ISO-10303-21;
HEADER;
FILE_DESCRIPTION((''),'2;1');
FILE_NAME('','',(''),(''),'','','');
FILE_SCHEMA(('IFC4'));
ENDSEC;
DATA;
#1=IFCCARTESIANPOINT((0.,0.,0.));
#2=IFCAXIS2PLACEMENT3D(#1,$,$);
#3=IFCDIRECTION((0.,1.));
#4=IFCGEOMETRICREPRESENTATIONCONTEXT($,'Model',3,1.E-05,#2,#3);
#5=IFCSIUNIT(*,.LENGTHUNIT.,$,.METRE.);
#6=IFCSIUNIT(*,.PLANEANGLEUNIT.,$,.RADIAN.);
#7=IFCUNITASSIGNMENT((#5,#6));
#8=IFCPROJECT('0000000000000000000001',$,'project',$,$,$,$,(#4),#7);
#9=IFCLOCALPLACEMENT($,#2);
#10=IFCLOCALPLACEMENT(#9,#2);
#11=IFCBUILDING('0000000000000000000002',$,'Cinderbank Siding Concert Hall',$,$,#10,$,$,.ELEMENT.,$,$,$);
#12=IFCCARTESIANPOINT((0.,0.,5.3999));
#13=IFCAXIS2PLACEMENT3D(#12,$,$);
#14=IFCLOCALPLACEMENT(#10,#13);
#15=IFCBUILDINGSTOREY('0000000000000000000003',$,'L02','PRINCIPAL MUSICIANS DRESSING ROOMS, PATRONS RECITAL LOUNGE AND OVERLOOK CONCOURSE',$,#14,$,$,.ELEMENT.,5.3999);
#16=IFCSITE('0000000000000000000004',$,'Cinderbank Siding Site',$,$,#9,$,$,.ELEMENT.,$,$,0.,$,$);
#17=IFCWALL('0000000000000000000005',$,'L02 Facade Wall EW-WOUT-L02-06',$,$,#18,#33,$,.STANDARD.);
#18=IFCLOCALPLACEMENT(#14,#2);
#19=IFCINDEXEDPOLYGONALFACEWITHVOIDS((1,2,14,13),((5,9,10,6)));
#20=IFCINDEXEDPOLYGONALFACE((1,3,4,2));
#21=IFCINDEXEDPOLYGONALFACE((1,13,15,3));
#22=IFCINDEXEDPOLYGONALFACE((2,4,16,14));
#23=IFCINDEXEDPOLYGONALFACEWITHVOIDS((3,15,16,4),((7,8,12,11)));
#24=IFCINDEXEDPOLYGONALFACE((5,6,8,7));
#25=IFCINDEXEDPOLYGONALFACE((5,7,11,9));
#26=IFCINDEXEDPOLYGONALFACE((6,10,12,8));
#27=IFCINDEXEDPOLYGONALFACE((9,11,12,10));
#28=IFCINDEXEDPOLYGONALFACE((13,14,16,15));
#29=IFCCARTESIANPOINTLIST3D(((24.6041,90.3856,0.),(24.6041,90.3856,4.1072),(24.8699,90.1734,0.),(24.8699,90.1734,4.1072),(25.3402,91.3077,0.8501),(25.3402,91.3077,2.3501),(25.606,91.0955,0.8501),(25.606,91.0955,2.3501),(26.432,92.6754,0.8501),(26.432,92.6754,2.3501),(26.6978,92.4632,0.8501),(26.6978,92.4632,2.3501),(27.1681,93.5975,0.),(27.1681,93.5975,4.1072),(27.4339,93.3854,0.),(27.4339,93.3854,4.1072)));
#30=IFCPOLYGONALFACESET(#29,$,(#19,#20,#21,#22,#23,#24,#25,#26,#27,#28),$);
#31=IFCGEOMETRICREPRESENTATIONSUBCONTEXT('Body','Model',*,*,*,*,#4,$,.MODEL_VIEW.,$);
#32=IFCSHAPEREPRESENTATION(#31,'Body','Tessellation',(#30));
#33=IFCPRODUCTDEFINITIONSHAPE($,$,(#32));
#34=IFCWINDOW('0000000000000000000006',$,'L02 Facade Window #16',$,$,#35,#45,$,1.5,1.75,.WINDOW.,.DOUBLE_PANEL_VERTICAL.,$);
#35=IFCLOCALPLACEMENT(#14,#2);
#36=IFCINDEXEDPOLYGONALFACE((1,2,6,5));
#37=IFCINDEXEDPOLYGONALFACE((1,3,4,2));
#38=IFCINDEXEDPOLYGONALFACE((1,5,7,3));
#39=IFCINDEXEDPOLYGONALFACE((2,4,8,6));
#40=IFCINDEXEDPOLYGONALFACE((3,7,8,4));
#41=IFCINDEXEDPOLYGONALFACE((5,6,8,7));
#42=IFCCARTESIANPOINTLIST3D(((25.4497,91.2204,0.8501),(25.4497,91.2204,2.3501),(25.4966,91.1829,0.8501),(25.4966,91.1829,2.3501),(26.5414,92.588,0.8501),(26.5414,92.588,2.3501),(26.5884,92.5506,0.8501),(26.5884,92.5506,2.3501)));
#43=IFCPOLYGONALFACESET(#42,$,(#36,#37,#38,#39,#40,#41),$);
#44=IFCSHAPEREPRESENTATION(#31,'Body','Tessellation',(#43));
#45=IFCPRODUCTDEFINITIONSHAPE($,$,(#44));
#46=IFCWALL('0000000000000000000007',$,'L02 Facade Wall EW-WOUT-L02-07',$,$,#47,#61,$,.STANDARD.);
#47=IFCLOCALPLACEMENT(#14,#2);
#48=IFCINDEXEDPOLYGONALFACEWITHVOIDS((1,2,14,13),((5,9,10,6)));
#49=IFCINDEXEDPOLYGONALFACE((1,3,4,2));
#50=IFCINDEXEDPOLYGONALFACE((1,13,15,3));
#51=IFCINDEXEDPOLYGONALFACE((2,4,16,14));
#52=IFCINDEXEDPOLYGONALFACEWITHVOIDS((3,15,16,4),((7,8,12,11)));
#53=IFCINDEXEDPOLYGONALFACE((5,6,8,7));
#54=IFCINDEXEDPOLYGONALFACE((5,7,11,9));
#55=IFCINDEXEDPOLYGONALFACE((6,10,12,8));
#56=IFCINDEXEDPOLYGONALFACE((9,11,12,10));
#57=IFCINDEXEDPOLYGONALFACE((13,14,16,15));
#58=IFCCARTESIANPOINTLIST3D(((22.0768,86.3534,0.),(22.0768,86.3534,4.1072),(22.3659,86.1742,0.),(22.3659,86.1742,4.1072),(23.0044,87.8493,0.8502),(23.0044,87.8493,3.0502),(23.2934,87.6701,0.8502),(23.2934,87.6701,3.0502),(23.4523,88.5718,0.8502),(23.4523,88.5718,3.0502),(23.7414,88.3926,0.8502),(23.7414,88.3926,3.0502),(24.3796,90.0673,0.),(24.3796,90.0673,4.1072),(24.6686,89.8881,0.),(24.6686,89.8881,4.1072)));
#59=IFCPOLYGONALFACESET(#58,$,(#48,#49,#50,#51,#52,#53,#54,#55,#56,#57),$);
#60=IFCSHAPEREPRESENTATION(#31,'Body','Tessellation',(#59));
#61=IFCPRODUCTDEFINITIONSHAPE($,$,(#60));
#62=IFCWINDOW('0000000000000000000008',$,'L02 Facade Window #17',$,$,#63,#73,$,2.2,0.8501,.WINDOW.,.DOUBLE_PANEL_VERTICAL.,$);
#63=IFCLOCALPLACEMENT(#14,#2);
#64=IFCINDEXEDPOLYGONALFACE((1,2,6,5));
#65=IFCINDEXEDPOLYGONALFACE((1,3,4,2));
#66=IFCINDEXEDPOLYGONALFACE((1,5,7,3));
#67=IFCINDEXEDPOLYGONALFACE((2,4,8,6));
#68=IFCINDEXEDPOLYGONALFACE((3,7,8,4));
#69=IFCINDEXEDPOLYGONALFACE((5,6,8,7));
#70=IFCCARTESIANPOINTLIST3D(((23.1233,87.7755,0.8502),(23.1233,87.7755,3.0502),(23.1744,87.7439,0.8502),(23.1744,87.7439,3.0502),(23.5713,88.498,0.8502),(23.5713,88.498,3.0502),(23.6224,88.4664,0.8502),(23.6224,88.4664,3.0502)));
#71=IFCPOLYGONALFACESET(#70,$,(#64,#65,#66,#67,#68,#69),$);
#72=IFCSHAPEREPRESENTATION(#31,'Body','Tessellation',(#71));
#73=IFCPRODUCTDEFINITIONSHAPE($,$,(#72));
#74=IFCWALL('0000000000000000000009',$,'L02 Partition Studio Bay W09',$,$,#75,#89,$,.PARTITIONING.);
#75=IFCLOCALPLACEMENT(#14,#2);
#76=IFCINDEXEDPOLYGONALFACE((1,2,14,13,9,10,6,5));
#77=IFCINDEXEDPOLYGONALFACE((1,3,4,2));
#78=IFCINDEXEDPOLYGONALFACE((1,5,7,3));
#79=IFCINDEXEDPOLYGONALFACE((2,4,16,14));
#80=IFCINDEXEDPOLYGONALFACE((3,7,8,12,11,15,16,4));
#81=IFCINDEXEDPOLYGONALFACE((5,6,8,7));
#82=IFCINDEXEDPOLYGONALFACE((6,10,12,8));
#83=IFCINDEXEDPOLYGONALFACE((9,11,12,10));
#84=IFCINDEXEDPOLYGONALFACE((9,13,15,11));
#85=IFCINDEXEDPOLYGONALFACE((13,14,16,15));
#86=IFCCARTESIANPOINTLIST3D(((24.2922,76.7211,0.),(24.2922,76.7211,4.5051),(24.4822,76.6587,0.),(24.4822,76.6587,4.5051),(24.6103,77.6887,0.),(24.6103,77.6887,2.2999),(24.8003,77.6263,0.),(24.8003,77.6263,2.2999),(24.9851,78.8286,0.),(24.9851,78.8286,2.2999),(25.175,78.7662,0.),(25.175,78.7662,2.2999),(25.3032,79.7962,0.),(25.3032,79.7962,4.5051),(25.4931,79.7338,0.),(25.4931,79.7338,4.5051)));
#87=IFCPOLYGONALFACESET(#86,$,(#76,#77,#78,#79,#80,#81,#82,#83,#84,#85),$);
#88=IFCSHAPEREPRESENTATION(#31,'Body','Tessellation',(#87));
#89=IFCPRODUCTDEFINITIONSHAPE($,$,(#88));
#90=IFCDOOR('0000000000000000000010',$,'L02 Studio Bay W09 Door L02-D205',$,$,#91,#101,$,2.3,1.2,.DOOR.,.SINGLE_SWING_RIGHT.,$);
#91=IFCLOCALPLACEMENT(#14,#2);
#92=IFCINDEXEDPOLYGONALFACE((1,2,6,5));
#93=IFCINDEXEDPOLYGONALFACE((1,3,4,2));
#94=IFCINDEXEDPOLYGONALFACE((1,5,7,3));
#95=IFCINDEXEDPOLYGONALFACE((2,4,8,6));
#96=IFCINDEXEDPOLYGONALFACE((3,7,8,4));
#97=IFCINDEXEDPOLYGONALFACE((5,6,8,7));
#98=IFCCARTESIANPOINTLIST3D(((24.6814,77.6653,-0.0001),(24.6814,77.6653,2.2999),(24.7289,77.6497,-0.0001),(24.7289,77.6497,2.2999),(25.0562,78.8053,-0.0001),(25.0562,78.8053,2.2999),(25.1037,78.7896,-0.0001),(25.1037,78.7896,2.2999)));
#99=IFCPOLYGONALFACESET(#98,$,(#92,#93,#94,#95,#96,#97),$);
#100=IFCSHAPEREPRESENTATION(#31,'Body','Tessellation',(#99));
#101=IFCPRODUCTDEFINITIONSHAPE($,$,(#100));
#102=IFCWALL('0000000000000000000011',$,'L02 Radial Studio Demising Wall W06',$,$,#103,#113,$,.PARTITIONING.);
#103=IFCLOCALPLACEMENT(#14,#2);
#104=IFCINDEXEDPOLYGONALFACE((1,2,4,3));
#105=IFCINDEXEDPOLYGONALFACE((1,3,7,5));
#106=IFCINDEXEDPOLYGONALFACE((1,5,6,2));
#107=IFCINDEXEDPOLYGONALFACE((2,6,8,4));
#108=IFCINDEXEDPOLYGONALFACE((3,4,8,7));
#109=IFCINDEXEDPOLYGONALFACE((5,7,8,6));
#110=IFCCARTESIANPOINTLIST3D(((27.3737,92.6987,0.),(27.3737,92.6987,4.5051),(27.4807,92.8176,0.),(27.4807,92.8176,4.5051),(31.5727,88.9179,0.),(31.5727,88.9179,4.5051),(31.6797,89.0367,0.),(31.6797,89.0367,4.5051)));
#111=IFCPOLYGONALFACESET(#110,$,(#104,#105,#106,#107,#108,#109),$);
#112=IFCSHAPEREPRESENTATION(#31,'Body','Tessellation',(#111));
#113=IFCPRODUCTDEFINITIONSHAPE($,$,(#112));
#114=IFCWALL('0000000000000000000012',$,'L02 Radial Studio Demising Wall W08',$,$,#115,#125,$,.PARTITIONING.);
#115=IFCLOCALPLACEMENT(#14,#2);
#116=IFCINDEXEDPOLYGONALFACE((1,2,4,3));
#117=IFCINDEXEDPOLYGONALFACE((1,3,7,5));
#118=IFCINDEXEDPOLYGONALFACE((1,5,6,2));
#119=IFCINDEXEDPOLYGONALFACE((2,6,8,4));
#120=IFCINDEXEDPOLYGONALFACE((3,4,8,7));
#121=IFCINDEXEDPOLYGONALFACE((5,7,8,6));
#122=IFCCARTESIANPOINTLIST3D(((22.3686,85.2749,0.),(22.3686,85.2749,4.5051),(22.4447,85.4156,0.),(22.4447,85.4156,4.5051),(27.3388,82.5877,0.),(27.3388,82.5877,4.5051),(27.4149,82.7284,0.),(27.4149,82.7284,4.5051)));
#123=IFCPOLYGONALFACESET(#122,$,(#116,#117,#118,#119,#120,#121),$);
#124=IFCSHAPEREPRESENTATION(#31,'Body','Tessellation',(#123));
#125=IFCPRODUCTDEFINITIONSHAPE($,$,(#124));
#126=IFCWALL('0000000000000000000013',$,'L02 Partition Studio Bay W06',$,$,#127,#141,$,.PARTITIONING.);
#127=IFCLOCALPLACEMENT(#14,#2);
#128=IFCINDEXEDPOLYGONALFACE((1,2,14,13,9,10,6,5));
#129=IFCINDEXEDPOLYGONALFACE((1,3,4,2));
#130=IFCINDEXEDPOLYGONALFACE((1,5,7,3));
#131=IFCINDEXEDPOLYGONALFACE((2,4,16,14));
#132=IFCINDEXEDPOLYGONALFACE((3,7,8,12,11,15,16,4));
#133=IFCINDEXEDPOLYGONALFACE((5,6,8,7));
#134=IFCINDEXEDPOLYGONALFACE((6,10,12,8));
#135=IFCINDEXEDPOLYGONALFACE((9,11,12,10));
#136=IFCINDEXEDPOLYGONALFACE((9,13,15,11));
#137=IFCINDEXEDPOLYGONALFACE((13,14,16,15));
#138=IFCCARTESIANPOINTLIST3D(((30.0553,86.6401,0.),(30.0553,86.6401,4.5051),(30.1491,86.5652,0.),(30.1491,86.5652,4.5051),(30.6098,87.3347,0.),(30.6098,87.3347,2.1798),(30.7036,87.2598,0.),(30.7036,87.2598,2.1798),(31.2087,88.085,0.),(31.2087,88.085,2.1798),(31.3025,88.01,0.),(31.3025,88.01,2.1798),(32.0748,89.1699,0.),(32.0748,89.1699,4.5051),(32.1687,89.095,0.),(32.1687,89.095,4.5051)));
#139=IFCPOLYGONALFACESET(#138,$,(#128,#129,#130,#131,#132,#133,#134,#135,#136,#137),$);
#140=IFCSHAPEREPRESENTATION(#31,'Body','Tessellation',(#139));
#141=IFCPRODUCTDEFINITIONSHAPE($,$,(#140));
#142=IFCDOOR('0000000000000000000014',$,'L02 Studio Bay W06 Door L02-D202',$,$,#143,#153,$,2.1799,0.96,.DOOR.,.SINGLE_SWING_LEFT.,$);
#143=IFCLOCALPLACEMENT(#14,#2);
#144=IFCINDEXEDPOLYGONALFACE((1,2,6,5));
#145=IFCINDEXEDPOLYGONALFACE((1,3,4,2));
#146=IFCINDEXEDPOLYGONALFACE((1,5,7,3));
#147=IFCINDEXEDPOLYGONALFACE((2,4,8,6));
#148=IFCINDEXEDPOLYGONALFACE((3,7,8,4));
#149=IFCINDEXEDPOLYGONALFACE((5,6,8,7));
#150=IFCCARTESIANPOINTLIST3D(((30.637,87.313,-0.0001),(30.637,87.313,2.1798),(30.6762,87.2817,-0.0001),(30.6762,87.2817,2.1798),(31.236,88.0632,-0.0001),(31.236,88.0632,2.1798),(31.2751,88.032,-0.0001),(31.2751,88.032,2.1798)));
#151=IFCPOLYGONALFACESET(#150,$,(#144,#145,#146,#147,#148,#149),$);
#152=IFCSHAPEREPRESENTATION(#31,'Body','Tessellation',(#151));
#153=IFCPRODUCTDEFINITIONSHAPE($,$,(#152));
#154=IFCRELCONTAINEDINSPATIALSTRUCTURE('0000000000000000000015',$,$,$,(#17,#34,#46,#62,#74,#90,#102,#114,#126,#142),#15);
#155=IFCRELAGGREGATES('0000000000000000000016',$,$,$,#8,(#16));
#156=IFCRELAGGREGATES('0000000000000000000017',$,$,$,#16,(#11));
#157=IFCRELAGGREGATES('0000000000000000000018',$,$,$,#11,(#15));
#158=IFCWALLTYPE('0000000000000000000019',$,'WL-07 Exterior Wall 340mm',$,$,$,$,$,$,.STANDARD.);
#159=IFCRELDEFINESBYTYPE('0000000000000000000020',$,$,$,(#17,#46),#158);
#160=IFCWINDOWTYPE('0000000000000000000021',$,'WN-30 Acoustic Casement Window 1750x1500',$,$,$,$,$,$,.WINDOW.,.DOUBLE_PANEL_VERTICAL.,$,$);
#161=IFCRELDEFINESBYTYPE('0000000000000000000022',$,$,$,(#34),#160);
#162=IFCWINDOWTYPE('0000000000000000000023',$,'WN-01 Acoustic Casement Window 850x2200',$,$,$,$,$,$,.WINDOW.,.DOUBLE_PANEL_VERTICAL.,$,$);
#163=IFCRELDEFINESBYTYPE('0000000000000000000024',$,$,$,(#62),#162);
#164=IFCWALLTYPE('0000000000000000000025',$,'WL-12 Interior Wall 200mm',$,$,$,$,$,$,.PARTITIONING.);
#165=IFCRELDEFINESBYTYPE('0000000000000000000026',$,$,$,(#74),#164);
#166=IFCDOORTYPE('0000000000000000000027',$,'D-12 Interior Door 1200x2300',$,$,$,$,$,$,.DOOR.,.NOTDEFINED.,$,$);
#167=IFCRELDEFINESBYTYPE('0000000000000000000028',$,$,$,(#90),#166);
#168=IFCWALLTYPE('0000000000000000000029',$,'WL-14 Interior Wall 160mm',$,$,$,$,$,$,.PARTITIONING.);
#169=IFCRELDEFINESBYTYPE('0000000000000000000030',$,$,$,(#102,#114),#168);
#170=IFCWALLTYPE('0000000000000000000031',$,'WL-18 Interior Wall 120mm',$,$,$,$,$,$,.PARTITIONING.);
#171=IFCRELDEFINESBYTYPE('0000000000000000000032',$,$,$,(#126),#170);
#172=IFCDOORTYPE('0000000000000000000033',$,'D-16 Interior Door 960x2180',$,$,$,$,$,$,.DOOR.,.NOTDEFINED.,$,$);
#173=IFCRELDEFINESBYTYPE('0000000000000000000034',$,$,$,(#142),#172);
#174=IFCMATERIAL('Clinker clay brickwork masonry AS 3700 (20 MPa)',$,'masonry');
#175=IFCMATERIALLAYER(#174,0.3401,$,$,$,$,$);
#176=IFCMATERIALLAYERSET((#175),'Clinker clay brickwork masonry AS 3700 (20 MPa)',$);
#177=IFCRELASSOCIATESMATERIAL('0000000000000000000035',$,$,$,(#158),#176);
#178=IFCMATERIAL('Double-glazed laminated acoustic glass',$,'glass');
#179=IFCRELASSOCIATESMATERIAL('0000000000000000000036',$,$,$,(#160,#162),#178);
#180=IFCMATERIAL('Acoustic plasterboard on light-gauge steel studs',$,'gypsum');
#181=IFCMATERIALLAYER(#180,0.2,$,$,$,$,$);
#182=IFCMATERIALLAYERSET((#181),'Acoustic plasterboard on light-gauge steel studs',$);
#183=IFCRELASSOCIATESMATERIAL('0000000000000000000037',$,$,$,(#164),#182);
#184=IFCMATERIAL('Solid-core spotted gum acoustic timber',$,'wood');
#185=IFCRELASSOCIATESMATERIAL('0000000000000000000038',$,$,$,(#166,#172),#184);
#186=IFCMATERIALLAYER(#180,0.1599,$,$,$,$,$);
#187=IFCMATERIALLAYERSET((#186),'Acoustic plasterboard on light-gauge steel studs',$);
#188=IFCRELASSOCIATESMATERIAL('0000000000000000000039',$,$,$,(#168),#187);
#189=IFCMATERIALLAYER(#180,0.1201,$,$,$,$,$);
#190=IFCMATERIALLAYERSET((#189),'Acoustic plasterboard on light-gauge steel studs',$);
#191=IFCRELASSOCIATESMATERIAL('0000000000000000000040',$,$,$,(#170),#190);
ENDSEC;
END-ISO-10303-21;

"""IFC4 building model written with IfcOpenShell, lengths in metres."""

from ifc_helpers import new_model, si_unit, direction, frame, frame_2d, origin, place, context, subcontext, project, spatial, rectangle, extrude, material, layer, layer_set, type_object, element, fill, save


model = new_model("IFC4")

# Units and contexts
model_context = context("Model", 3, precision=1e-05, world=origin(), true_north=direction((0.0, 1.0)))
body_context = subcontext(model_context, "Body", "Model", "MODEL_VIEW")
ifc_project = project(units=[si_unit("LENGTHUNIT", "METRE"), si_unit("PLANEANGLEUNIT", "RADIAN")], contexts=[model_context])

# Site, building, storey
site_placement = place(None, origin())
site = spatial("IfcSite", under=ifc_project, at=site_placement, Name="Cinderbank Siding Site", CompositionType="ELEMENT", RefElevation=0.0)
building_placement = place(site_placement, origin())
building = spatial("IfcBuilding", under=site, at=building_placement, Name="Cinderbank Siding Concert Hall", CompositionType="ELEMENT")
storey_placement = place(building_placement, frame((0.0, 0.0, 5.3999)))
storey = spatial("IfcBuildingStorey", under=building, at=storey_placement, Name="L02", Description="PRINCIPAL MUSICIANS DRESSING ROOMS, PATRONS RECITAL LOUNGE AND OVERLOOK CONCOURSE", CompositionType="ELEMENT", Elevation=5.3999)

# Walls, openings, windows
ifc_material_1 = material(Name="Clinker clay brickwork masonry AS 3700 (20 MPa)", Category="masonry")
ifc_layer_1 = layer(ifc_material_1, 0.3401)
ifc_layer_set_1 = layer_set([ifc_layer_1], Name="Clinker clay brickwork masonry AS 3700 (20 MPa)")
wall_type_1 = type_object("IfcWallType", Name="WL-07 Exterior Wall 340mm", PredefinedType="STANDARD", material=ifc_layer_set_1)
ifc_material_2 = material(Name="Double-glazed laminated acoustic glass", Category="glass")
wall_1_placement = place(storey_placement, frame((27.301, 93.4915, 0.0), z_axis=(0.0, 0.0, 1.0), x_axis=(-0.623869, -0.781529, 0.0)))
wall_1 = element("IfcWall", 1, at=wall_1_placement, inside=storey, type_object=wall_type_1, Name="L02 Facade Wall EW-WOUT-L02-06", PredefinedType="STANDARD", context=body_context, shape_type="SweptSolid", body=[
    extrude(rectangle(XDim=4.1099, YDim=0.3401, at=frame_2d((2.0549, 0.0))), origin(), (0.0, 0.0, 1.0), 4.1072),
])
opening_1_placement = place(wall_1_placement, frame((1.1799, 0.0, 0.8501)))
opening_1 = element("IfcOpeningElement", 2, at=opening_1_placement, cuts=wall_1, PredefinedType="OPENING", context=body_context, shape_type="SweptSolid", body=[
    extrude(rectangle(XDim=1.75, YDim=1.5, at=frame_2d((0.875, 0.75))), frame((0.0, 0.1821, 0.0), z_axis=(0.0, -1.0, 0.0), x_axis=(1.0, 0.0, 0.0)), (0.0, 0.0, 1.0), 0.364),
])
window_type_1 = type_object("IfcWindowType", Name="WN-30 Acoustic Casement Window 1750x1500", PartitioningType="DOUBLE_PANEL_VERTICAL", PredefinedType="WINDOW", material=ifc_material_2)
window_1_placement = place(opening_1_placement, origin())
window_1 = element("IfcWindow", 3, at=window_1_placement, inside=storey, type_object=window_type_1, Name="L02 Facade Window #16", OverallHeight=1.5, OverallWidth=1.75, PartitioningType="DOUBLE_PANEL_VERTICAL", PredefinedType="WINDOW", context=body_context, shape_type="SweptSolid", body=[
    extrude(rectangle(XDim=1.75, YDim=1.5, at=frame_2d((0.875, 0.75))), frame((0.0, 0.03, 0.0), z_axis=(0.0, -1.0, 0.0), x_axis=(1.0, 0.0, 0.0)), (0.0, 0.0, 1.0), 0.0601),
])
fill(opening_1, window_1)
wall_2_placement = place(storey_placement, frame((24.5242, 89.9778, 0.0), z_axis=(0.0, 0.0, 1.0), x_axis=(-0.526962, -0.849889, 0.0)))
wall_2 = element("IfcWall", 4, at=wall_2_placement, inside=storey, type_object=wall_type_1, Name="L02 Facade Wall EW-WOUT-L02-07", PredefinedType="STANDARD", context=body_context, shape_type="SweptSolid", body=[
    extrude(rectangle(XDim=4.3699, YDim=0.3401, at=frame_2d((2.1851, 0.0))), origin(), (0.0, 0.0, 1.0), 4.1072),
])
opening_2_placement = place(wall_2_placement, frame((1.7598, 0.0, 0.8501)))
opening_2 = element("IfcOpeningElement", 5, at=opening_2_placement, cuts=wall_2, PredefinedType="OPENING", context=body_context, shape_type="SweptSolid", body=[
    extrude(rectangle(XDim=0.8501, YDim=2.2, at=frame_2d((0.425, 1.1001))), frame((0.0, 0.1821, 0.0), z_axis=(0.0, -1.0, 0.0), x_axis=(1.0, 0.0, 0.0)), (0.0, 0.0, 1.0), 0.364),
])
window_type_2 = type_object("IfcWindowType", Name="WN-01 Acoustic Casement Window 850x2200", PartitioningType="DOUBLE_PANEL_VERTICAL", PredefinedType="WINDOW", material=ifc_material_2)
window_2_placement = place(opening_2_placement, origin())
window_2 = element("IfcWindow", 6, at=window_2_placement, inside=storey, type_object=window_type_2, Name="L02 Facade Window #17", OverallHeight=2.2, OverallWidth=0.8501, PartitioningType="DOUBLE_PANEL_VERTICAL", PredefinedType="WINDOW", context=body_context, shape_type="SweptSolid", body=[
    extrude(rectangle(XDim=0.8501, YDim=2.2, at=frame_2d((0.425, 1.1001))), frame((0.0, 0.03, 0.0), z_axis=(0.0, -1.0, 0.0), x_axis=(1.0, 0.0, 0.0)), (0.0, 0.0, 1.0), 0.0601),
])
fill(opening_2, window_2)

# Wall, opening, door
ifc_material_3 = material(Name="Acoustic plasterboard on light-gauge steel studs", Category="gypsum")
ifc_layer_2 = layer(ifc_material_3, 0.2)
ifc_layer_set_2 = layer_set([ifc_layer_2], Name="Acoustic plasterboard on light-gauge steel studs")
wall_type_2 = type_object("IfcWallType", Name="WL-12 Interior Wall 200mm", PredefinedType="PARTITIONING", material=ifc_layer_set_2)
wall_3_placement = place(storey_placement, frame((25.3982, 79.7651, 0.0), z_axis=(0.0, 0.0, 1.0), x_axis=(-0.312311, -0.94998, 0.0)))
wall_3 = element("IfcWall", 7, at=wall_3_placement, inside=storey, type_object=wall_type_2, Name="L02 Partition Studio Bay W09", PredefinedType="PARTITIONING", context=body_context, shape_type="SweptSolid", body=[
    extrude(rectangle(XDim=3.2371, YDim=0.2, at=frame_2d((1.6187, 0.0))), origin(), (0.0, 0.0, 1.0), 4.5051),
])
opening_3_placement = place(wall_3_placement, frame((1.0186, 0.0, 0.0)))
opening_3 = element("IfcOpeningElement", 8, at=opening_3_placement, cuts=wall_3, PredefinedType="OPENING", context=body_context, shape_type="SweptSolid", body=[
    extrude(rectangle(XDim=1.2, YDim=2.3, at=frame_2d((0.6001, 1.1499))), frame((0.0, 0.1118, 0.0), z_axis=(0.0, -1.0, 0.0), x_axis=(1.0, 0.0, 0.0)), (0.0, 0.0, 1.0), 0.2239),
])
ifc_material_4 = material(Name="Solid-core spotted gum acoustic timber", Category="wood")
door_type_1 = type_object("IfcDoorType", Name="D-12 Interior Door 1200x2300", OperationType="NOTDEFINED", PredefinedType="DOOR", material=ifc_material_4)
door_1_placement = place(opening_3_placement, origin())
door_1 = element("IfcDoor", 9, at=door_1_placement, inside=storey, type_object=door_type_1, Name="L02 Studio Bay W09 Door L02-D205", OperationType="SINGLE_SWING_RIGHT", OverallHeight=2.3, OverallWidth=1.2, PredefinedType="DOOR", context=body_context, shape_type="SweptSolid", body=[
    extrude(rectangle(XDim=1.2, YDim=2.3, at=frame_2d((0.6001, 1.1499))), frame((0.0, 0.0249, 0.0), z_axis=(0.0, -1.0, 0.0), x_axis=(1.0, 0.0, 0.0)), (0.0, 0.0, 1.0), 0.05),
])
fill(opening_3, door_1)

# Walls
ifc_layer_3 = layer(ifc_material_3, 0.1599)
ifc_layer_set_3 = layer_set([ifc_layer_3], Name="Acoustic plasterboard on light-gauge steel studs")
wall_type_3 = type_object("IfcWallType", Name="WL-14 Interior Wall 160mm", PredefinedType="PARTITIONING", material=ifc_layer_set_3)
wall_4_placement = place(storey_placement, frame((31.6262, 88.9773, 0.0), z_axis=(0.0, 0.0, 1.0), x_axis=(-0.743146, 0.669129, 0.0)))
element("IfcWall", 10, at=wall_4_placement, inside=storey, type_object=wall_type_3, Name="L02 Radial Studio Demising Wall W06", PredefinedType="PARTITIONING", context=body_context, shape_type="SweptSolid", body=[
    extrude(rectangle(XDim=5.6504, YDim=0.1599, at=frame_2d((2.8252, 0.0))), origin(), (0.0, 0.0, 1.0), 4.5051),
])
wall_5_placement = place(storey_placement, frame((27.377, 82.658, 0.0), z_axis=(0.0, 0.0, 1.0), x_axis=(-0.879658, 0.475607, 0.0)))
element("IfcWall", 11, at=wall_5_placement, inside=storey, type_object=wall_type_3, Name="L02 Radial Studio Demising Wall W08", PredefinedType="PARTITIONING", context=body_context, shape_type="SweptSolid", body=[
    extrude(rectangle(XDim=5.6501, YDim=0.1599, at=frame_2d((2.8252, 0.0))), origin(), (0.0, 0.0, 1.0), 4.5051),
])

# Wall, opening, door
ifc_layer_4 = layer(ifc_material_3, 0.1201)
ifc_layer_set_4 = layer_set([ifc_layer_4], Name="Acoustic plasterboard on light-gauge steel studs")
wall_type_4 = type_object("IfcWallType", Name="WL-18 Interior Wall 120mm", PredefinedType="PARTITIONING", material=ifc_layer_set_4)
wall_6_placement = place(storey_placement, frame((32.1218, 89.1326, 0.0), z_axis=(0.0, 0.0, 1.0), x_axis=(-0.623885, -0.781516, 0.0)))
wall_6 = element("IfcWall", 12, at=wall_6_placement, inside=storey, type_object=wall_type_4, Name="L02 Partition Studio Bay W06", PredefinedType="PARTITIONING", context=body_context, shape_type="SweptSolid", body=[
    extrude(rectangle(XDim=3.2371, YDim=0.1201, at=frame_2d((1.6187, 0.0))), origin(), (0.0, 0.0, 1.0), 4.5051),
])
opening_4_placement = place(wall_6_placement, frame((1.3884, 0.0, 0.0)))
opening_4 = element("IfcOpeningElement", 13, at=opening_4_placement, cuts=wall_6, PredefinedType="OPENING", context=body_context, shape_type="SweptSolid", body=[
    extrude(rectangle(XDim=0.96, YDim=2.1799, at=frame_2d((0.48, 1.0898))), frame((0.0, 0.072, 0.0), z_axis=(0.0, -1.0, 0.0), x_axis=(1.0, 0.0, 0.0)), (0.0, 0.0, 1.0), 0.144),
])
door_type_2 = type_object("IfcDoorType", Name="D-16 Interior Door 960x2180", OperationType="NOTDEFINED", PredefinedType="DOOR", material=ifc_material_4)
door_2_placement = place(opening_4_placement, origin())
door_2 = element("IfcDoor", 14, at=door_2_placement, inside=storey, type_object=door_type_2, Name="L02 Studio Bay W06 Door L02-D202", OperationType="SINGLE_SWING_LEFT", OverallHeight=2.1799, OverallWidth=0.96, PredefinedType="DOOR", context=body_context, shape_type="SweptSolid", body=[
    extrude(rectangle(XDim=0.96, YDim=2.1799, at=frame_2d((0.48, 1.0898))), frame((0.0, 0.0249, 0.0), z_axis=(0.0, -1.0, 0.0), x_axis=(1.0, 0.0, 0.0)), (0.0, 0.0, 1.0), 0.05),
])
fill(opening_4, door_2)

save(model, "model.ifc")
